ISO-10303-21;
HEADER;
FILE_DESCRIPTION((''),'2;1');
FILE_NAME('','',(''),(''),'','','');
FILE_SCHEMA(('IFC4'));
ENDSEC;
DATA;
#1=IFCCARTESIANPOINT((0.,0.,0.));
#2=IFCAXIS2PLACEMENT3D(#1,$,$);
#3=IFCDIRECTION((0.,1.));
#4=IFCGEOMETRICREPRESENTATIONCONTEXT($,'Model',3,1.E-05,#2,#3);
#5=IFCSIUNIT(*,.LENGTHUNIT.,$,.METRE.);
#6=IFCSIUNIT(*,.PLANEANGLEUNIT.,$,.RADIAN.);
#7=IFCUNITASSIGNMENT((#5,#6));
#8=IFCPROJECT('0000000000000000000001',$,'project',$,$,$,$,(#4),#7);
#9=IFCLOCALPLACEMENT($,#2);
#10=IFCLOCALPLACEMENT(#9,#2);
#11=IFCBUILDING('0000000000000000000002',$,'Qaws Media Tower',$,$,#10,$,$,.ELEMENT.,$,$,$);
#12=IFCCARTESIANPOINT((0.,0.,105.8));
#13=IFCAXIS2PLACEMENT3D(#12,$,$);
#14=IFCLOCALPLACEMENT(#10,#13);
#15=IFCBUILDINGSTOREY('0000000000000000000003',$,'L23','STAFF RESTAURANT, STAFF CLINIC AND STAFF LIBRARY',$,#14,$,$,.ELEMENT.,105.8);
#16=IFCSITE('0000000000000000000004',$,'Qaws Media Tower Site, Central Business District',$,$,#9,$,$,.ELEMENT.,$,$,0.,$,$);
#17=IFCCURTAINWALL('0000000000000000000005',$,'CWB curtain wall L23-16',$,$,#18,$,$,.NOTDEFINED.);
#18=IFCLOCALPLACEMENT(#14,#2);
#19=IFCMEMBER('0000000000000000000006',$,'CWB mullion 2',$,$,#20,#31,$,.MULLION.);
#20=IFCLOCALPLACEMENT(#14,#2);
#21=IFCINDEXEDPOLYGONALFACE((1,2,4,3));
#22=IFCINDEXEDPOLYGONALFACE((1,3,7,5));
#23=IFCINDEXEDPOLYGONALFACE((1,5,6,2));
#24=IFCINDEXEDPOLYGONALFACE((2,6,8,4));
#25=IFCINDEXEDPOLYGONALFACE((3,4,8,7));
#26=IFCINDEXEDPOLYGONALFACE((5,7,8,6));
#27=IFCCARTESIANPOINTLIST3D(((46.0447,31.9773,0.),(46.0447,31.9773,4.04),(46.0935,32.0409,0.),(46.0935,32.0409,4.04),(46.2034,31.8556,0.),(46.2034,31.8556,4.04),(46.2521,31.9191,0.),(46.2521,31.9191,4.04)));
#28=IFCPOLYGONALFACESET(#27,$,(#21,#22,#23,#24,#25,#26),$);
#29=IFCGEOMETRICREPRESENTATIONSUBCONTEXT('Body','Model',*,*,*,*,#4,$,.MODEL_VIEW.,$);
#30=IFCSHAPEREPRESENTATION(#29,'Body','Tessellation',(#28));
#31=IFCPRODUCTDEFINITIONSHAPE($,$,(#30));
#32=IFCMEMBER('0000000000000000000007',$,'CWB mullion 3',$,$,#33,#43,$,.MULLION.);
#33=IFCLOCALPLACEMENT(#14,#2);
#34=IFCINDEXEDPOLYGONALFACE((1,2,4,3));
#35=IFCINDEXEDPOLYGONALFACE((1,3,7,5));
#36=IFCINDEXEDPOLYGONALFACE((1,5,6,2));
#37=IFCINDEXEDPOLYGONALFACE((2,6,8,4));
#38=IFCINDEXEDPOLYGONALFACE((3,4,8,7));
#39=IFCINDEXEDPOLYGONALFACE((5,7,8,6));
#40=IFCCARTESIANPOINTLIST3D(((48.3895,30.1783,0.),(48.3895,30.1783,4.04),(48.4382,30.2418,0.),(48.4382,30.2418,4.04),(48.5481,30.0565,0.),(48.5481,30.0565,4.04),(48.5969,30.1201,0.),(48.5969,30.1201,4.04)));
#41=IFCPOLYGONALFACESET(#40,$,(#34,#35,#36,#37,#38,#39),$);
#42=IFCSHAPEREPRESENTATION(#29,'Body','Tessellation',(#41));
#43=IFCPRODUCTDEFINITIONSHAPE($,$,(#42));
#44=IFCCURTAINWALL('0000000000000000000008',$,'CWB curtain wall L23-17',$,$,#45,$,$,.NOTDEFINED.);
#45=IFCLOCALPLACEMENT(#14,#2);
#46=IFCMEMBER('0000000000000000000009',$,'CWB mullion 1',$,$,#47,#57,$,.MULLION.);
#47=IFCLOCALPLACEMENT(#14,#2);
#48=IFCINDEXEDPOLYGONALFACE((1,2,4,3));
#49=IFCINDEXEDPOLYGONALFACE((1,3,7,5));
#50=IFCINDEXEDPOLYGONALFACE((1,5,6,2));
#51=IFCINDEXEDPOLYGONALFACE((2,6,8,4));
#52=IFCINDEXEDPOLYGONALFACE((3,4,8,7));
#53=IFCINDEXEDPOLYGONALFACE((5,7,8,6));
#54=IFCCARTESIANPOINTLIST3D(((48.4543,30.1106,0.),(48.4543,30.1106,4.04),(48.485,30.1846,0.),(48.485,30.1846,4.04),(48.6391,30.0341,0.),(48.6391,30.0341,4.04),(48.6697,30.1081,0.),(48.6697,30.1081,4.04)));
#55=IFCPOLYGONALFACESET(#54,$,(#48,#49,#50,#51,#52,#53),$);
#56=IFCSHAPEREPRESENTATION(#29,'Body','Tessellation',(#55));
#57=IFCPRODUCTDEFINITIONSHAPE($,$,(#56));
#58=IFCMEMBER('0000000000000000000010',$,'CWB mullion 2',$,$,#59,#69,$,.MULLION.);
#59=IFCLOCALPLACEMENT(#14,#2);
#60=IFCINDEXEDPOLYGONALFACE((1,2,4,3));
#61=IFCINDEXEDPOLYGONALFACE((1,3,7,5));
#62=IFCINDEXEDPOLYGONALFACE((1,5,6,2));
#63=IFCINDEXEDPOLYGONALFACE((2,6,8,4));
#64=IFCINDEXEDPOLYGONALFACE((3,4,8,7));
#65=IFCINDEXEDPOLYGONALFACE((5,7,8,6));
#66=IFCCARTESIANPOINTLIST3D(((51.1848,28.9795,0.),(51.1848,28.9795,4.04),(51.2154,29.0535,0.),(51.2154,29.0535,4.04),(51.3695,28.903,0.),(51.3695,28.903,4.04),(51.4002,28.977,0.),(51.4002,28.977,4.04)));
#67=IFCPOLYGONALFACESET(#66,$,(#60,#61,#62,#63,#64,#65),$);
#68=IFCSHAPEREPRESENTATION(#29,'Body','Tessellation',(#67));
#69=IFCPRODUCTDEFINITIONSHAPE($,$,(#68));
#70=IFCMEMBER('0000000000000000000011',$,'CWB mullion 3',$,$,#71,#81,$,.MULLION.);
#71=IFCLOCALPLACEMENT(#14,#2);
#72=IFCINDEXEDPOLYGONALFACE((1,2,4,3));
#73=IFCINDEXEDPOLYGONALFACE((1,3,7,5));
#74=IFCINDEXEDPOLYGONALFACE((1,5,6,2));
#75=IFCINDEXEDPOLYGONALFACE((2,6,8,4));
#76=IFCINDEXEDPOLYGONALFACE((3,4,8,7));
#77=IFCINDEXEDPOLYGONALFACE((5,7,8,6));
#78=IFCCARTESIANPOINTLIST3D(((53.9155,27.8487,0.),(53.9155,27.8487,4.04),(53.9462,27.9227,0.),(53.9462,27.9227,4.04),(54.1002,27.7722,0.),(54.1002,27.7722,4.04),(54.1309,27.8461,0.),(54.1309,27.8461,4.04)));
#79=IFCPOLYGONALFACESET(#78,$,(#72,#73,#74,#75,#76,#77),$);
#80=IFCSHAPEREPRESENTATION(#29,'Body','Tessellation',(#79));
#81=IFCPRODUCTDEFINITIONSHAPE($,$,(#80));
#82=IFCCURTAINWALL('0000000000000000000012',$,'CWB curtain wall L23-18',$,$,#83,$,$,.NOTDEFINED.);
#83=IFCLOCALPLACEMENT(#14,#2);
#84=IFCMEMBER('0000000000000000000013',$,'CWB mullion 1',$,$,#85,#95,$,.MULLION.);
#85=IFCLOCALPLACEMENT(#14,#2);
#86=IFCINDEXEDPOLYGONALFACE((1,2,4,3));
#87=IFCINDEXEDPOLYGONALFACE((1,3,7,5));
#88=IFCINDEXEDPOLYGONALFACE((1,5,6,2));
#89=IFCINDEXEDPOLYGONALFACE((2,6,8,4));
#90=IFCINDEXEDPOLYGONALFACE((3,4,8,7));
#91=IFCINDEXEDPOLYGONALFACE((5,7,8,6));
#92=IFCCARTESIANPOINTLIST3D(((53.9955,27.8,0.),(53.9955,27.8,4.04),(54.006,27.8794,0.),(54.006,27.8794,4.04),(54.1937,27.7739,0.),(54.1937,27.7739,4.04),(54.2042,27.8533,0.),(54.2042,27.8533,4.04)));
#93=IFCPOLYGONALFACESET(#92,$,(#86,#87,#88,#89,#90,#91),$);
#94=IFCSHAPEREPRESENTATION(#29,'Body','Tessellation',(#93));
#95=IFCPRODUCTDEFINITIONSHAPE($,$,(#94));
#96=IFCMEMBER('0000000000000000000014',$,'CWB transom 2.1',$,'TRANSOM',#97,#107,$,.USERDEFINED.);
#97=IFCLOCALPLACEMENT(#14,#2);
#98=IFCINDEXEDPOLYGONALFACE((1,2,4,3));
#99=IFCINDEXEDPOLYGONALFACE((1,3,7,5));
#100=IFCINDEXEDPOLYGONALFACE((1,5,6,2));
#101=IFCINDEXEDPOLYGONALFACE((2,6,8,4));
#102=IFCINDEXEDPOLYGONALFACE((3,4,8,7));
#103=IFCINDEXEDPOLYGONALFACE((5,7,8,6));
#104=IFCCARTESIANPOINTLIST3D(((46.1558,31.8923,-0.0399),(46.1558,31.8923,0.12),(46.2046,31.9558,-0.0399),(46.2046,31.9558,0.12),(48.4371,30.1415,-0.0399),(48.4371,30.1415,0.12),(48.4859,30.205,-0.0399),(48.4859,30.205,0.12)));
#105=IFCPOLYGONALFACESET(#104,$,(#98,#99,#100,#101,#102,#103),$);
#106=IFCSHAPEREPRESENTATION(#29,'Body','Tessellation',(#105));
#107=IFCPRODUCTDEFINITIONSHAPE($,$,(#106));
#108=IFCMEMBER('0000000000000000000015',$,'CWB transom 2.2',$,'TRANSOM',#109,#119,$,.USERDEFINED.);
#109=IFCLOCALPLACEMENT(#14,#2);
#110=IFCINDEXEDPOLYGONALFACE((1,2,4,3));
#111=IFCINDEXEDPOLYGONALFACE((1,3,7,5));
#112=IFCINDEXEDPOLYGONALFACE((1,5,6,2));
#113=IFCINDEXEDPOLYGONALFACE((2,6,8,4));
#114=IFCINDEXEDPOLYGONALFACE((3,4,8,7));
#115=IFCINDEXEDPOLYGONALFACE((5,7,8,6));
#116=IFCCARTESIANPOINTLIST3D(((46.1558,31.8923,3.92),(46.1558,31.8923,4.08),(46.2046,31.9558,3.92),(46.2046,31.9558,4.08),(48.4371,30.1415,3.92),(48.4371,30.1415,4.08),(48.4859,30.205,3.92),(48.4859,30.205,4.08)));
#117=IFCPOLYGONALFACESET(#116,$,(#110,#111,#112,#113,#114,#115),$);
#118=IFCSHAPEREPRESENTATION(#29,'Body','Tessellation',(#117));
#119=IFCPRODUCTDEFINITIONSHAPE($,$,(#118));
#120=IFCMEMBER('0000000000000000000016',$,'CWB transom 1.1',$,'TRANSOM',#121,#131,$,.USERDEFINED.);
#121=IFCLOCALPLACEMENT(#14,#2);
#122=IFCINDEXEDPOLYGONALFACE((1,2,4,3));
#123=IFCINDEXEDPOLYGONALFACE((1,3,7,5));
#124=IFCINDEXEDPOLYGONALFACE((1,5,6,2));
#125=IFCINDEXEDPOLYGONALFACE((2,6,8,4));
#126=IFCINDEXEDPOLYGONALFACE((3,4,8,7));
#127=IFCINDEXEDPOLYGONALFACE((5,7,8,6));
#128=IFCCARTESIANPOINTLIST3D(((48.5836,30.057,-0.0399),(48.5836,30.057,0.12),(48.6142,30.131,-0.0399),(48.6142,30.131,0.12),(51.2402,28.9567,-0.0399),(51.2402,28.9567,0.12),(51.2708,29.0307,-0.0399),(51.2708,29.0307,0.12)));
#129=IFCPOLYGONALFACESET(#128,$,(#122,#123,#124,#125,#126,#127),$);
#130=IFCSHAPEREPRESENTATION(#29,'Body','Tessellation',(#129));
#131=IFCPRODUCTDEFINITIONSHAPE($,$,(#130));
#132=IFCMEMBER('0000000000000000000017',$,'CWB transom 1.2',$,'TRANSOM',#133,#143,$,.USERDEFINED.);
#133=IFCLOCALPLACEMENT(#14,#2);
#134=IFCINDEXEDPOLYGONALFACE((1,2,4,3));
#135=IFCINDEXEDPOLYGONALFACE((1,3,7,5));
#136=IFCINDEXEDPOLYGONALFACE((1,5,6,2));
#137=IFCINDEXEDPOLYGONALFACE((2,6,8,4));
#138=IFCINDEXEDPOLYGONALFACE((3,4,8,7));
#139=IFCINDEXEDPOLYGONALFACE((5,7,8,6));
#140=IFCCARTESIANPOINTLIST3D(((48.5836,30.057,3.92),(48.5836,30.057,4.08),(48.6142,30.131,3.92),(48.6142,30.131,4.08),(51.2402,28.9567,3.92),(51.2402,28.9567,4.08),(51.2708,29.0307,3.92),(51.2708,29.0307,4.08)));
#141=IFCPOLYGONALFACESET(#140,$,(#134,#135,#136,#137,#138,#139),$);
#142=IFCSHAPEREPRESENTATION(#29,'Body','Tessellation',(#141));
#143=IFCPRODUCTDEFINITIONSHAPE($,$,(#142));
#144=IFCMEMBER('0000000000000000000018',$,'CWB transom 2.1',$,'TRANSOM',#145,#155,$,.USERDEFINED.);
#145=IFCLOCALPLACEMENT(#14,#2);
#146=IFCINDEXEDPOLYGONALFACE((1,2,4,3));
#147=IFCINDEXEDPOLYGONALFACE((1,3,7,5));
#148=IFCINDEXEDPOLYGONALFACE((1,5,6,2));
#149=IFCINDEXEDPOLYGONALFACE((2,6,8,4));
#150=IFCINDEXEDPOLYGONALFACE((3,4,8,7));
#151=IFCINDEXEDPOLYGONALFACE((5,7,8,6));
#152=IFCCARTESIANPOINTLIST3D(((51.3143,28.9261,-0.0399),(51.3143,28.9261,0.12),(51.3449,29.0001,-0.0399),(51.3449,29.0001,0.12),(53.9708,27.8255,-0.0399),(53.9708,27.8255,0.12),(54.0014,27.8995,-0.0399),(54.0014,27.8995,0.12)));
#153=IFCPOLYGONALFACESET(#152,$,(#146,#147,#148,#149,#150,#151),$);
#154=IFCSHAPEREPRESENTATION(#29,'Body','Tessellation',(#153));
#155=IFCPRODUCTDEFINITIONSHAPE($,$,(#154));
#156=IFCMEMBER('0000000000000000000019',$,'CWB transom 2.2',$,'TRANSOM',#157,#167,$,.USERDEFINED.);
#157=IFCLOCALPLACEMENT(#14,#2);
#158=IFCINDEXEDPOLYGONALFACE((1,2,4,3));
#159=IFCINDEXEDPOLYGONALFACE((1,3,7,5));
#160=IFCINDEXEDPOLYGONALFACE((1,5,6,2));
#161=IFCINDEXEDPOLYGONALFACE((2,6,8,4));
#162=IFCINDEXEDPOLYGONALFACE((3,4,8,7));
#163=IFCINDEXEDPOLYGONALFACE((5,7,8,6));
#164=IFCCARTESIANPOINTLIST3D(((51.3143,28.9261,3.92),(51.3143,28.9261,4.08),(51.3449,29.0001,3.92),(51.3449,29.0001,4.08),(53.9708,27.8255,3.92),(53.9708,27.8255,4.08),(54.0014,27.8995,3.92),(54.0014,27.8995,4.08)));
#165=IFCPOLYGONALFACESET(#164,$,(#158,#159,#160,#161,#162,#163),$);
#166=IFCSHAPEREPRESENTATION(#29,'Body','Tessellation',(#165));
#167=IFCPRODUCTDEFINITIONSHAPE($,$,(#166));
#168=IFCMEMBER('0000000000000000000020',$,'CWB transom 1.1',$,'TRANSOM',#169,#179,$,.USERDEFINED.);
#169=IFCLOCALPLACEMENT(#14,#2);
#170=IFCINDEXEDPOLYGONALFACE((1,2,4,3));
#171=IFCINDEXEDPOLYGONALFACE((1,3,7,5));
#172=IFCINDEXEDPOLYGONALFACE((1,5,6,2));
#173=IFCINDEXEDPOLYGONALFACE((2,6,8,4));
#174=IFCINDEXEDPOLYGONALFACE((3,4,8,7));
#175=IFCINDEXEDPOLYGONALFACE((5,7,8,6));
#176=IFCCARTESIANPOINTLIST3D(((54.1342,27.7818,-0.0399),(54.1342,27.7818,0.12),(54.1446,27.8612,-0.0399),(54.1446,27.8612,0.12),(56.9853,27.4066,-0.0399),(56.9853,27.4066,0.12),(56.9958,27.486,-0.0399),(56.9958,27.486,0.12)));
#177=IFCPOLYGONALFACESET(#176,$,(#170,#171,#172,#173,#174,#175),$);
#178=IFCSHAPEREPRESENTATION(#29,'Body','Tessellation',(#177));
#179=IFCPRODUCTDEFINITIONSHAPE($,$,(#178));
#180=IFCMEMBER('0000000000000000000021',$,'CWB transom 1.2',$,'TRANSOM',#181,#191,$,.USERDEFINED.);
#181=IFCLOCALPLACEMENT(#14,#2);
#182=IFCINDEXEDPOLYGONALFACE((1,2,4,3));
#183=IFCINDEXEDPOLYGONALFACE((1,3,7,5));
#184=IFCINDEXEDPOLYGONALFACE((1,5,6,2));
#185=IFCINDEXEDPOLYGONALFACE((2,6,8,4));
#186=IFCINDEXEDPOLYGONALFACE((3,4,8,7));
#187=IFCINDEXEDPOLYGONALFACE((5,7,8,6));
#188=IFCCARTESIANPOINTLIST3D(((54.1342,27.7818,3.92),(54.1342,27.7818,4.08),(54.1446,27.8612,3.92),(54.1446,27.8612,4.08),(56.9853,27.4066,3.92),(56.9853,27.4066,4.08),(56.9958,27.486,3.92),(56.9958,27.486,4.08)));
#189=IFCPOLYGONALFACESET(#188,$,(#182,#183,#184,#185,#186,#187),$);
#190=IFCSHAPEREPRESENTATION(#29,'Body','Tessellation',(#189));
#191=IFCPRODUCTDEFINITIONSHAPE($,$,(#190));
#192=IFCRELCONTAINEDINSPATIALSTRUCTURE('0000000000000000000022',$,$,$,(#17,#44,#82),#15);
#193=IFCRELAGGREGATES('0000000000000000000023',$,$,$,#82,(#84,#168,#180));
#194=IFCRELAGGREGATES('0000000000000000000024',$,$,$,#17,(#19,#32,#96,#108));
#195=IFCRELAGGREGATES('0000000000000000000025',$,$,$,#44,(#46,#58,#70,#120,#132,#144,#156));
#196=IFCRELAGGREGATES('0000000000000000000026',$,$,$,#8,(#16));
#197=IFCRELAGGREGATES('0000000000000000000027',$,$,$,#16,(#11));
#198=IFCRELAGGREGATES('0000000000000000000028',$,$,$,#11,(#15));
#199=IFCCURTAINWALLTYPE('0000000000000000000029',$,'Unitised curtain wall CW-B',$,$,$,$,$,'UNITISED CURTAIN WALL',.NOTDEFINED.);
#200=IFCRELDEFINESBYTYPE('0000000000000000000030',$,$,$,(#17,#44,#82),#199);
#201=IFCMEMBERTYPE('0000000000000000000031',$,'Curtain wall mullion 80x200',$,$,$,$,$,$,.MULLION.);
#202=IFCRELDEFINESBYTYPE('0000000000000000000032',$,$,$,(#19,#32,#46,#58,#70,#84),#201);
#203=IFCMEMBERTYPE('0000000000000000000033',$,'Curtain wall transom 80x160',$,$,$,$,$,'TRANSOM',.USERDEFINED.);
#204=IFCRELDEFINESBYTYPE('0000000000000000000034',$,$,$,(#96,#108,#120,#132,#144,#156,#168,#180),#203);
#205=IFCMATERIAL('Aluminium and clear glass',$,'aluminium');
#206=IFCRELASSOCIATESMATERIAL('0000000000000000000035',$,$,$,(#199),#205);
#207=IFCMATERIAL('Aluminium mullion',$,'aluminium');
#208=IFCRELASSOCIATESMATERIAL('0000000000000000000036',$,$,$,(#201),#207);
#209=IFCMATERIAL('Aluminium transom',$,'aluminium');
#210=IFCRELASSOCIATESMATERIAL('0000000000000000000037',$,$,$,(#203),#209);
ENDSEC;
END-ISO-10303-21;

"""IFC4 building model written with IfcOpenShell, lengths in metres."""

from ifc_helpers import new_model, si_unit, direction, frame, origin, origin_2d, place, context, subcontext, project, spatial, rectangle, extrude, material, material_profile, profile_set, type_object, element, aggregate, save


model = new_model("IFC4")

# Units and contexts
model_context = context("Model", 3, precision=1e-05, world=origin(), true_north=direction((0.0, 1.0)))
body_context = subcontext(model_context, "Body", "Model", "MODEL_VIEW")
ifc_project = project(units=[si_unit("LENGTHUNIT", "METRE"), si_unit("PLANEANGLEUNIT", "RADIAN")], contexts=[model_context])

# Site, building, storey
site_placement = place(None, origin())
site = spatial("IfcSite", under=ifc_project, at=site_placement, Name="Qaws Media Tower Site, Central Business District", CompositionType="ELEMENT", RefElevation=0.0)
building_placement = place(site_placement, origin())
building = spatial("IfcBuilding", under=site, at=building_placement, Name="Qaws Media Tower", CompositionType="ELEMENT")
storey_placement = place(building_placement, frame((0.0, 0.0, 105.8)))
storey = spatial("IfcBuildingStorey", under=building, at=storey_placement, Name="L23", Description="STAFF RESTAURANT, STAFF CLINIC AND STAFF LIBRARY", CompositionType="ELEMENT", Elevation=105.8)

# Curtain walls, members
ifc_material_1 = material(Name="Aluminium and clear glass", Category="aluminium")
curtain_wall_type = type_object("IfcCurtainWallType", Name="Unitised curtain wall CW-B", ElementType="UNITISED CURTAIN WALL", PredefinedType="NOTDEFINED", material=ifc_material_1)
curtain_wall_1_placement = place(storey_placement, origin())
curtain_wall_1 = element("IfcCurtainWall", 1, at=curtain_wall_1_placement, inside=storey, type_object=curtain_wall_type, Name="CWB curtain wall L23-16", PredefinedType="NOTDEFINED")
ifc_material_2 = material(Name="Aluminium mullion", Category="aluminium")
ifc_material_profile_1 = material_profile(ifc_material_2, rectangle(XDim=0.0801, YDim=0.2, at=origin_2d()), Name="80x200")
ifc_profile_set_1 = profile_set([ifc_material_profile_1], Name="Aluminium mullion")
member_type_1 = type_object("IfcMemberType", Name="Curtain wall mullion 80x200", PredefinedType="MULLION", material=ifc_profile_set_1)
member_1_placement = place(storey_placement, frame((46.1484, 31.9482, 0.0), z_axis=(0.0, 0.0, 1.0), x_axis=(0.608761, 0.793353, 0.0)))
member_1 = element("IfcMember", 2, at=member_1_placement, type_object=member_type_1, Name="CWB mullion 2", PredefinedType="MULLION", context=body_context, shape_type="SweptSolid", body=[
    extrude(rectangle(XDim=0.0801, YDim=0.2, at=origin_2d()), origin(), (0.0, 0.0, 1.0), 4.04),
])
member_2_placement = place(storey_placement, frame((48.4932, 30.1492, 0.0), z_axis=(0.0, 0.0, 1.0), x_axis=(0.608761, 0.793353, 0.0)))
member_2 = element("IfcMember", 3, at=member_2_placement, type_object=member_type_1, Name="CWB mullion 3", PredefinedType="MULLION", context=body_context, shape_type="SweptSolid", body=[
    extrude(rectangle(XDim=0.0801, YDim=0.2, at=origin_2d()), origin(), (0.0, 0.0, 1.0), 4.04),
])
curtain_wall_2_placement = place(storey_placement, origin())
curtain_wall_2 = element("IfcCurtainWall", 4, at=curtain_wall_2_placement, inside=storey, type_object=curtain_wall_type, Name="CWB curtain wall L23-17", PredefinedType="NOTDEFINED")
member_3_placement = place(storey_placement, frame((48.562, 30.1094, 0.0), z_axis=(0.0, 0.0, 1.0), x_axis=(0.382683, 0.92388, 0.0)))
member_3 = element("IfcMember", 5, at=member_3_placement, type_object=member_type_1, Name="CWB mullion 1", PredefinedType="MULLION", context=body_context, shape_type="SweptSolid", body=[
    extrude(rectangle(XDim=0.0801, YDim=0.2, at=origin_2d()), origin(), (0.0, 0.0, 1.0), 4.04),
])
member_4_placement = place(storey_placement, frame((51.2925, 28.9783, 0.0), z_axis=(0.0, 0.0, 1.0), x_axis=(0.382683, 0.92388, 0.0)))
member_4 = element("IfcMember", 6, at=member_4_placement, type_object=member_type_1, Name="CWB mullion 2", PredefinedType="MULLION", context=body_context, shape_type="SweptSolid", body=[
    extrude(rectangle(XDim=0.0801, YDim=0.2, at=origin_2d()), origin(), (0.0, 0.0, 1.0), 4.04),
])
member_5_placement = place(storey_placement, frame((54.0232, 27.8474, 0.0), z_axis=(0.0, 0.0, 1.0), x_axis=(0.382683, 0.92388, 0.0)))
member_5 = element("IfcMember", 7, at=member_5_placement, type_object=member_type_1, Name="CWB mullion 3", PredefinedType="MULLION", context=body_context, shape_type="SweptSolid", body=[
    extrude(rectangle(XDim=0.0801, YDim=0.2, at=origin_2d()), origin(), (0.0, 0.0, 1.0), 4.04),
])

# Curtain wall, member
curtain_wall_3_placement = place(storey_placement, origin())
curtain_wall_3 = element("IfcCurtainWall", 8, at=curtain_wall_3_placement, inside=storey, type_object=curtain_wall_type, Name="CWB curtain wall L23-18", PredefinedType="NOTDEFINED")
member_6_placement = place(storey_placement, frame((54.0999, 27.8267, 0.0), z_axis=(0.0, 0.0, 1.0), x_axis=(0.130526, 0.991445, 0.0)))
member_6 = element("IfcMember", 9, at=member_6_placement, type_object=member_type_1, Name="CWB mullion 1", PredefinedType="MULLION", context=body_context, shape_type="SweptSolid", body=[
    extrude(rectangle(XDim=0.0801, YDim=0.2, at=origin_2d()), origin(), (0.0, 0.0, 1.0), 4.04),
])

# Members
ifc_material_3 = material(Name="Aluminium transom", Category="aluminium")
ifc_material_profile_2 = material_profile(ifc_material_3, rectangle(XDim=0.0801, YDim=0.1599, at=origin_2d()), Name="80x160")
ifc_profile_set_2 = profile_set([ifc_material_profile_2], Name="Aluminium transom")
member_type_2 = type_object("IfcMemberType", Name="Curtain wall transom 80x160", ElementType="TRANSOM", PredefinedType="USERDEFINED", material=ifc_profile_set_2)
member_7_placement = place(storey_placement, frame((46.1802, 31.9241, 0.04), z_axis=(0.793308, -0.60882, 0.0), x_axis=(0.60882, 0.793308, 0.0)))
member_7 = element("IfcMember", 10, at=member_7_placement, type_object=member_type_2, Name="CWB transom 2.1", ObjectType="TRANSOM", PredefinedType="USERDEFINED", context=body_context, shape_type="SweptSolid", body=[
    extrude(rectangle(XDim=0.0801, YDim=0.1599, at=origin_2d()), origin(), (0.0, 0.0, 1.0), 2.8757),
])
member_8_placement = place(storey_placement, frame((46.1802, 31.9241, 4.0), z_axis=(0.793308, -0.60882, 0.0), x_axis=(0.60882, 0.793308, 0.0)))
member_8 = element("IfcMember", 11, at=member_8_placement, type_object=member_type_2, Name="CWB transom 2.2", ObjectType="TRANSOM", PredefinedType="USERDEFINED", context=body_context, shape_type="SweptSolid", body=[
    extrude(rectangle(XDim=0.0801, YDim=0.1599, at=origin_2d()), origin(), (0.0, 0.0, 1.0), 2.8757),
])
member_9_placement = place(storey_placement, frame((48.5989, 30.094, 0.04), z_axis=(0.923894, -0.382649, 0.0), x_axis=(0.382649, 0.923894, 0.0)))
member_9 = element("IfcMember", 12, at=member_9_placement, type_object=member_type_2, Name="CWB transom 1.1", ObjectType="TRANSOM", PredefinedType="USERDEFINED", context=body_context, shape_type="SweptSolid", body=[
    extrude(rectangle(XDim=0.0801, YDim=0.1599, at=origin_2d()), origin(), (0.0, 0.0, 1.0), 2.8755),
])
member_10_placement = place(storey_placement, frame((48.5989, 30.094, 4.0), z_axis=(0.923894, -0.382649, 0.0), x_axis=(0.382649, 0.923894, 0.0)))
member_10 = element("IfcMember", 13, at=member_10_placement, type_object=member_type_2, Name="CWB transom 1.2", ObjectType="TRANSOM", PredefinedType="USERDEFINED", context=body_context, shape_type="SweptSolid", body=[
    extrude(rectangle(XDim=0.0801, YDim=0.1599, at=origin_2d()), origin(), (0.0, 0.0, 1.0), 2.8755),
])
member_11_placement = place(storey_placement, frame((51.3296, 28.9631, 0.04), z_axis=(0.923851, -0.382752, 0.0), x_axis=(0.382752, 0.923851, 0.0)))
member_11 = element("IfcMember", 14, at=member_11_placement, type_object=member_type_2, Name="CWB transom 2.1", ObjectType="TRANSOM", PredefinedType="USERDEFINED", context=body_context, shape_type="SweptSolid", body=[
    extrude(rectangle(XDim=0.0801, YDim=0.1599, at=origin_2d()), origin(), (0.0, 0.0, 1.0), 2.8755),
])
member_12_placement = place(storey_placement, frame((51.3296, 28.9631, 4.0), z_axis=(0.923851, -0.382752, 0.0), x_axis=(0.382752, 0.923851, 0.0)))
member_12 = element("IfcMember", 15, at=member_12_placement, type_object=member_type_2, Name="CWB transom 2.2", ObjectType="TRANSOM", PredefinedType="USERDEFINED", context=body_context, shape_type="SweptSolid", body=[
    extrude(rectangle(XDim=0.0801, YDim=0.1599, at=origin_2d()), origin(), (0.0, 0.0, 1.0), 2.8755),
])
member_13_placement = place(storey_placement, frame((54.1394, 27.8215, 0.04), z_axis=(0.99145, -0.13049, 0.0), x_axis=(0.13049, 0.99145, 0.0)))
member_13 = element("IfcMember", 16, at=member_13_placement, type_object=member_type_2, Name="CWB transom 1.1", ObjectType="TRANSOM", PredefinedType="USERDEFINED", context=body_context, shape_type="SweptSolid", body=[
    extrude(rectangle(XDim=0.0801, YDim=0.1599, at=origin_2d()), origin(), (0.0, 0.0, 1.0), 2.8757),
])
member_14_placement = place(storey_placement, frame((54.1394, 27.8215, 4.0), z_axis=(0.99145, -0.13049, 0.0), x_axis=(0.13049, 0.99145, 0.0)))
member_14 = element("IfcMember", 17, at=member_14_placement, type_object=member_type_2, Name="CWB transom 1.2", ObjectType="TRANSOM", PredefinedType="USERDEFINED", context=body_context, shape_type="SweptSolid", body=[
    extrude(rectangle(XDim=0.0801, YDim=0.1599, at=origin_2d()), origin(), (0.0, 0.0, 1.0), 2.8757),
])
aggregate(curtain_wall_3, [member_6, member_13, member_14])

aggregate(curtain_wall_1, [member_1, member_2, member_7, member_8])
aggregate(curtain_wall_2, [member_3, member_4, member_5, member_9, member_10, member_11, member_12])

save(model, "model.ifc")
